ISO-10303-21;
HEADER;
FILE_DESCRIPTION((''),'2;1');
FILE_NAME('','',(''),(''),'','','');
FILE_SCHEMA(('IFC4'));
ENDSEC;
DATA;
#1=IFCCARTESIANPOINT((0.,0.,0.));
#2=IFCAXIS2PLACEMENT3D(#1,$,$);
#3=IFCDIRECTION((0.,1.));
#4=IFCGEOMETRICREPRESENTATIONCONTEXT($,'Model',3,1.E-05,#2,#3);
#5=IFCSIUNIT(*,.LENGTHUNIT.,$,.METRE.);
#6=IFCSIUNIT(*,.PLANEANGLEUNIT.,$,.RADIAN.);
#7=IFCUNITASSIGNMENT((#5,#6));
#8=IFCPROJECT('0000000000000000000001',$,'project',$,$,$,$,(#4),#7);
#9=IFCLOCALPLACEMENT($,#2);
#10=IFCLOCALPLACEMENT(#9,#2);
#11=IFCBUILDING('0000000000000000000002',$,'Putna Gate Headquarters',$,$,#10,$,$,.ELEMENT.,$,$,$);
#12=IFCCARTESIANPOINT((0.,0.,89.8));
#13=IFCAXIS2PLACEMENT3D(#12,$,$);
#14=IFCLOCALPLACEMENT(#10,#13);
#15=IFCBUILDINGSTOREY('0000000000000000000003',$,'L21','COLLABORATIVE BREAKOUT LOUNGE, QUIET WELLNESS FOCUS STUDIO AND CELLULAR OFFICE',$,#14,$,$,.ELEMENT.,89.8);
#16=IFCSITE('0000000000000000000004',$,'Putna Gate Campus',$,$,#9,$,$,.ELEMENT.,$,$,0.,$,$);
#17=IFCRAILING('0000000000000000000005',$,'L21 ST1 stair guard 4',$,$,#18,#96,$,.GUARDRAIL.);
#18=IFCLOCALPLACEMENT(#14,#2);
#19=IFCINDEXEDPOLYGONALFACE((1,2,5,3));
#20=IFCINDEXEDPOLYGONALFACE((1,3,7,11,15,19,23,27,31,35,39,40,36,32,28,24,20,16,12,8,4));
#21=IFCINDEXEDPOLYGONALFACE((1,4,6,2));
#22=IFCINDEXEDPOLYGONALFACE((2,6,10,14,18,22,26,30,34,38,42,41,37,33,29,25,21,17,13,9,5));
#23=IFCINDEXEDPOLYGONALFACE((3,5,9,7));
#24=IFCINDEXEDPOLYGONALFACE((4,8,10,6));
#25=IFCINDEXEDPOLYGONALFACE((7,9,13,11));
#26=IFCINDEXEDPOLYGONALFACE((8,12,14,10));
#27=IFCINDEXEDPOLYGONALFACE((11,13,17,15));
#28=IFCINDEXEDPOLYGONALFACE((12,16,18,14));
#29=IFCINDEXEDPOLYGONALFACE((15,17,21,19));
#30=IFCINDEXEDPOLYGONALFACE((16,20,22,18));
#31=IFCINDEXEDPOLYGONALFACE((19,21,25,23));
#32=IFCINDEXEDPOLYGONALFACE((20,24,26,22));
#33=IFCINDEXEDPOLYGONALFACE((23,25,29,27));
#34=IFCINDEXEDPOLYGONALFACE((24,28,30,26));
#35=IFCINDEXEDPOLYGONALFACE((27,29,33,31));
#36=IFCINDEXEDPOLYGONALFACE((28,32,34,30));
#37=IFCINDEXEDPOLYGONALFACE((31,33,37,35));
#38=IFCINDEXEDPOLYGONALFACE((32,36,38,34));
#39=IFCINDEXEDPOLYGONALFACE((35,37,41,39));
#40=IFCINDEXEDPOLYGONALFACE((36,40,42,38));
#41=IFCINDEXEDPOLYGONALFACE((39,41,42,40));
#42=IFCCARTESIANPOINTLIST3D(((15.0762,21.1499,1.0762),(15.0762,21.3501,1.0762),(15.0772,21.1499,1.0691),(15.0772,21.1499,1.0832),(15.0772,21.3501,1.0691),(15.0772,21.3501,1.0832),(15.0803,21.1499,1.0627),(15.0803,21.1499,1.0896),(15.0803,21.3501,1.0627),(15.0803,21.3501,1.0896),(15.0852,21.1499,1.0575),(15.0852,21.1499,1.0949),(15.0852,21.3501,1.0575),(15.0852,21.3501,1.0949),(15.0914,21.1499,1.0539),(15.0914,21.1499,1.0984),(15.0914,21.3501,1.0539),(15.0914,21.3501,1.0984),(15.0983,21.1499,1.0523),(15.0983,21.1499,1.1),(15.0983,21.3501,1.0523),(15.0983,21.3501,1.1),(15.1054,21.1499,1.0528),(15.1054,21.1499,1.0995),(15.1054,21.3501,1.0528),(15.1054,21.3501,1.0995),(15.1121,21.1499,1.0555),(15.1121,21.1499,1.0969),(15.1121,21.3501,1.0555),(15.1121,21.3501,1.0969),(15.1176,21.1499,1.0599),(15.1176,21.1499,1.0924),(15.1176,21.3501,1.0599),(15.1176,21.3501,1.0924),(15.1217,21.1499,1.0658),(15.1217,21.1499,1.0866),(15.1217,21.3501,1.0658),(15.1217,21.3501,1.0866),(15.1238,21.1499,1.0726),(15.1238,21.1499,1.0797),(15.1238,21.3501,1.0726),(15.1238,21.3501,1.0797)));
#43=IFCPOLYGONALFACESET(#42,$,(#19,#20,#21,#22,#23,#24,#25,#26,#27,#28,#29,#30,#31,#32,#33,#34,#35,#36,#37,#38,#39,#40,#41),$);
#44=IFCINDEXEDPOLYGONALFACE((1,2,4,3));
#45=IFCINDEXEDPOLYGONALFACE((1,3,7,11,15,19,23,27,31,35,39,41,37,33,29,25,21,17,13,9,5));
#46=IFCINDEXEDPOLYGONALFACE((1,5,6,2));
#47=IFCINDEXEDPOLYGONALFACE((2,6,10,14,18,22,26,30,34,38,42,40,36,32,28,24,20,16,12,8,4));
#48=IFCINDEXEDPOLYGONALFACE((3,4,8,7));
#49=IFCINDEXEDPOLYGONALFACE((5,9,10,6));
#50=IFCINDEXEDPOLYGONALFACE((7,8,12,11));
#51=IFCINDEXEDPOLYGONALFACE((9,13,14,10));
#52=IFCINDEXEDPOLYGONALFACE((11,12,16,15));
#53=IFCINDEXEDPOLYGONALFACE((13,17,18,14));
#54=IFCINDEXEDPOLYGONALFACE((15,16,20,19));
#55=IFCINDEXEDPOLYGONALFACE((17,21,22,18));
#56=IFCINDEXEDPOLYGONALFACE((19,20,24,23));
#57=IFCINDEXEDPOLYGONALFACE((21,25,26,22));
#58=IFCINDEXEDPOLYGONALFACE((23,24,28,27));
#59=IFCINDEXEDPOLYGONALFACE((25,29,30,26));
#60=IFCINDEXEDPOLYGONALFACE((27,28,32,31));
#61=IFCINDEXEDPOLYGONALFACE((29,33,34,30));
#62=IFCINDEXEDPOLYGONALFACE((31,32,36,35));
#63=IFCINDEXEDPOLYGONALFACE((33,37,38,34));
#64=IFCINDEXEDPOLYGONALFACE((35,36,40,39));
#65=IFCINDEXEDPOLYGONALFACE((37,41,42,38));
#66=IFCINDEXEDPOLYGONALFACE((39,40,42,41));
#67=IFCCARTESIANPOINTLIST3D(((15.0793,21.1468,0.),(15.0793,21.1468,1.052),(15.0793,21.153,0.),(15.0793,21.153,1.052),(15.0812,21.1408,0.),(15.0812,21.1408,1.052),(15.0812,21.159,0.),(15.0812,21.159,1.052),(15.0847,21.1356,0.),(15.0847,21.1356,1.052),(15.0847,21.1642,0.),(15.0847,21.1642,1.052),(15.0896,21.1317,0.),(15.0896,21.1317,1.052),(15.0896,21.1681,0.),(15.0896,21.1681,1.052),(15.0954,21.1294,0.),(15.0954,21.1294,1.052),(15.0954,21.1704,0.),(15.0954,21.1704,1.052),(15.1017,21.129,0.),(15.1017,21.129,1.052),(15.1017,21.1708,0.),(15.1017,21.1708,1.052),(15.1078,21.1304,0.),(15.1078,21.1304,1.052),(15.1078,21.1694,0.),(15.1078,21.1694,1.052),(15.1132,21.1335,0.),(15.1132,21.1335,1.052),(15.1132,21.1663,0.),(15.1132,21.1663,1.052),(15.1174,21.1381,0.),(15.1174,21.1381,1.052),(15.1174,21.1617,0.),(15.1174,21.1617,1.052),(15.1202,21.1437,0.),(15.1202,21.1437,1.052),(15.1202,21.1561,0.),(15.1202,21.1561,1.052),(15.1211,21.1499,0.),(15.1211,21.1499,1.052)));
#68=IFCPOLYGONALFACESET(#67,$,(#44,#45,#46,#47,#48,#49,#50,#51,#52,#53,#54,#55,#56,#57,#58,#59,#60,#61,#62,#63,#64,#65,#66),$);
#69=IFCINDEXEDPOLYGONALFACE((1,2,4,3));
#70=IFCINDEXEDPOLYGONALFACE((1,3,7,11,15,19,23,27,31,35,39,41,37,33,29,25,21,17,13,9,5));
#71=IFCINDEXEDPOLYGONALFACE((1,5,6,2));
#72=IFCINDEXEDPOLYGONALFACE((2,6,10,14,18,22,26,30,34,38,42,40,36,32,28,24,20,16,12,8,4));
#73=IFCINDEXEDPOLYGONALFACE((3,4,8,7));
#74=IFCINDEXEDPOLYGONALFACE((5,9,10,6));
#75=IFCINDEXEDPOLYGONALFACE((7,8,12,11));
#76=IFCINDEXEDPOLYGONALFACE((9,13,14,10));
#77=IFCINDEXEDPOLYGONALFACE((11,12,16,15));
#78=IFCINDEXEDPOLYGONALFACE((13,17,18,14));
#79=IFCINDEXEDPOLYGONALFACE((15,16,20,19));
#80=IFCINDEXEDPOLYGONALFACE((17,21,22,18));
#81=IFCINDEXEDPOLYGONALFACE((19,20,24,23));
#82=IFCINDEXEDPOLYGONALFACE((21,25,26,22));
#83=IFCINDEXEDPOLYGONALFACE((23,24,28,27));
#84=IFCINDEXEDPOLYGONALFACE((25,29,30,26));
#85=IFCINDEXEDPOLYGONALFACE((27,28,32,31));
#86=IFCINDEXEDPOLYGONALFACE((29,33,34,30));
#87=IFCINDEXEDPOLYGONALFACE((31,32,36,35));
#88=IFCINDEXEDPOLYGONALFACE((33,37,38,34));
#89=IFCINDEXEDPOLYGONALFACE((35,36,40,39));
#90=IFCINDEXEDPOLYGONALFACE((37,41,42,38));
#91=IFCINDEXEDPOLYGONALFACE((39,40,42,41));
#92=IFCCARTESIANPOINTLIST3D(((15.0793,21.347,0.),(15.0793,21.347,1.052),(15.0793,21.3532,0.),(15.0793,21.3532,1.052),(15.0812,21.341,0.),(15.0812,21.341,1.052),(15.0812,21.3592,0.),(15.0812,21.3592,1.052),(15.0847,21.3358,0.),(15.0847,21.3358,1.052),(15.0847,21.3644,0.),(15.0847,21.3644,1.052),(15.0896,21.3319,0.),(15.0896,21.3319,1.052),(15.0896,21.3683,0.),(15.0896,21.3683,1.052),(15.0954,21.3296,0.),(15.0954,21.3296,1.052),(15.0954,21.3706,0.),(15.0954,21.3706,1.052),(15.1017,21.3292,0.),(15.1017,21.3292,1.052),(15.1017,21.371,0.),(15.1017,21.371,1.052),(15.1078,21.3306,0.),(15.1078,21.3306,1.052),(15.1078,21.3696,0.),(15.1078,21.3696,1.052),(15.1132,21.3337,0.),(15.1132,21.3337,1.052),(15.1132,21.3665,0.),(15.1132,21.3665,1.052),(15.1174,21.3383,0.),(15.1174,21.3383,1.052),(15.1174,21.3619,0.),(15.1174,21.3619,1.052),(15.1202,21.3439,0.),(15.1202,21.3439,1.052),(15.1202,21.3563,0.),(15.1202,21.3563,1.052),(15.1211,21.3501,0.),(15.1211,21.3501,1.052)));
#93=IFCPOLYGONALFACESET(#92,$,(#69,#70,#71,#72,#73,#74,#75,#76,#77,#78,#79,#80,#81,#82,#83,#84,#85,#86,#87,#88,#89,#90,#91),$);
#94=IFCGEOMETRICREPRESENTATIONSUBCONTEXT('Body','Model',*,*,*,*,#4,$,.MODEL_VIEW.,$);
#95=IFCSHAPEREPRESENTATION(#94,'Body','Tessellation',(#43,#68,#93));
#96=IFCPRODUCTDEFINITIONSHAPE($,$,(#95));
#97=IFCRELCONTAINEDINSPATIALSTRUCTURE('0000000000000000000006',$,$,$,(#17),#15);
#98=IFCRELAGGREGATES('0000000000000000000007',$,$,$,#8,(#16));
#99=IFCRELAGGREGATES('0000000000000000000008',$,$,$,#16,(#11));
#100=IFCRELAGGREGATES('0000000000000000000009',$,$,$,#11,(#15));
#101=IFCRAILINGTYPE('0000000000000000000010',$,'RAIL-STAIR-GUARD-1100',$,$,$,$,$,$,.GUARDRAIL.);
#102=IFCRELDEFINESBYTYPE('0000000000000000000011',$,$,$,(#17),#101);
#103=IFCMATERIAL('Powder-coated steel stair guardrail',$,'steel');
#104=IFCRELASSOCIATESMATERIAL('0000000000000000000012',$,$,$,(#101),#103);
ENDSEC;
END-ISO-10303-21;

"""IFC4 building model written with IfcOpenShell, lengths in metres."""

from ifc_helpers import new_model, si_unit, direction, frame, origin, origin_2d, place, context, subcontext, project, spatial, circle, extrude, material, type_object, element, save


model = new_model("IFC4")

# Units and contexts
model_context = context("Model", 3, precision=1e-05, world=origin(), true_north=direction((0.0, 1.0)))
body_context = subcontext(model_context, "Body", "Model", "MODEL_VIEW")
ifc_project = project(units=[si_unit("LENGTHUNIT", "METRE"), si_unit("PLANEANGLEUNIT", "RADIAN")], contexts=[model_context])

# Site, building, storey
site_placement = place(None, origin())
site = spatial("IfcSite", under=ifc_project, at=site_placement, Name="Putna Gate Campus", CompositionType="ELEMENT", RefElevation=0.0)
building_placement = place(site_placement, origin())
building = spatial("IfcBuilding", under=site, at=building_placement, Name="Putna Gate Headquarters", CompositionType="ELEMENT")
storey_placement = place(building_placement, frame((0.0, 0.0, 89.8)))
storey = spatial("IfcBuildingStorey", under=building, at=storey_placement, Name="L21", Description="COLLABORATIVE BREAKOUT LOUNGE, QUIET WELLNESS FOCUS STUDIO AND CELLULAR OFFICE", CompositionType="ELEMENT", Elevation=89.8)

# Railing
ifc_material_1 = material(Name="Powder-coated steel stair guardrail", Category="steel")
railing_type_1 = type_object("IfcRailingType", Name="RAIL-STAIR-GUARD-1100", PredefinedType="GUARDRAIL", material=ifc_material_1)
railing_1_placement = place(storey_placement, frame((15.1001, 21.1499, 0.0)))
element("IfcRailing", 1, at=railing_1_placement, inside=storey, type_object=railing_type_1, Name="L21 ST1 stair guard 4", PredefinedType="GUARDRAIL", context=body_context, shape_type="SweptSolid", body=[
    extrude(circle(Radius=0.0239, at=origin_2d()), frame((0.0, 0.0, 1.0762), z_axis=(0.0, 1.0, 0.0), x_axis=(-1.0, 0.0, 0.0)), (0.0, 0.0, 1.0), 0.2002),
    extrude(circle(Radius=0.021, at=origin_2d()), origin(), (0.0, 0.0, 1.0), 1.052),
    extrude(circle(Radius=0.021, at=origin_2d()), frame((0.0, 0.2002, 0.0)), (0.0, 0.0, 1.0), 1.052),
])

save(model, "model.ifc")
